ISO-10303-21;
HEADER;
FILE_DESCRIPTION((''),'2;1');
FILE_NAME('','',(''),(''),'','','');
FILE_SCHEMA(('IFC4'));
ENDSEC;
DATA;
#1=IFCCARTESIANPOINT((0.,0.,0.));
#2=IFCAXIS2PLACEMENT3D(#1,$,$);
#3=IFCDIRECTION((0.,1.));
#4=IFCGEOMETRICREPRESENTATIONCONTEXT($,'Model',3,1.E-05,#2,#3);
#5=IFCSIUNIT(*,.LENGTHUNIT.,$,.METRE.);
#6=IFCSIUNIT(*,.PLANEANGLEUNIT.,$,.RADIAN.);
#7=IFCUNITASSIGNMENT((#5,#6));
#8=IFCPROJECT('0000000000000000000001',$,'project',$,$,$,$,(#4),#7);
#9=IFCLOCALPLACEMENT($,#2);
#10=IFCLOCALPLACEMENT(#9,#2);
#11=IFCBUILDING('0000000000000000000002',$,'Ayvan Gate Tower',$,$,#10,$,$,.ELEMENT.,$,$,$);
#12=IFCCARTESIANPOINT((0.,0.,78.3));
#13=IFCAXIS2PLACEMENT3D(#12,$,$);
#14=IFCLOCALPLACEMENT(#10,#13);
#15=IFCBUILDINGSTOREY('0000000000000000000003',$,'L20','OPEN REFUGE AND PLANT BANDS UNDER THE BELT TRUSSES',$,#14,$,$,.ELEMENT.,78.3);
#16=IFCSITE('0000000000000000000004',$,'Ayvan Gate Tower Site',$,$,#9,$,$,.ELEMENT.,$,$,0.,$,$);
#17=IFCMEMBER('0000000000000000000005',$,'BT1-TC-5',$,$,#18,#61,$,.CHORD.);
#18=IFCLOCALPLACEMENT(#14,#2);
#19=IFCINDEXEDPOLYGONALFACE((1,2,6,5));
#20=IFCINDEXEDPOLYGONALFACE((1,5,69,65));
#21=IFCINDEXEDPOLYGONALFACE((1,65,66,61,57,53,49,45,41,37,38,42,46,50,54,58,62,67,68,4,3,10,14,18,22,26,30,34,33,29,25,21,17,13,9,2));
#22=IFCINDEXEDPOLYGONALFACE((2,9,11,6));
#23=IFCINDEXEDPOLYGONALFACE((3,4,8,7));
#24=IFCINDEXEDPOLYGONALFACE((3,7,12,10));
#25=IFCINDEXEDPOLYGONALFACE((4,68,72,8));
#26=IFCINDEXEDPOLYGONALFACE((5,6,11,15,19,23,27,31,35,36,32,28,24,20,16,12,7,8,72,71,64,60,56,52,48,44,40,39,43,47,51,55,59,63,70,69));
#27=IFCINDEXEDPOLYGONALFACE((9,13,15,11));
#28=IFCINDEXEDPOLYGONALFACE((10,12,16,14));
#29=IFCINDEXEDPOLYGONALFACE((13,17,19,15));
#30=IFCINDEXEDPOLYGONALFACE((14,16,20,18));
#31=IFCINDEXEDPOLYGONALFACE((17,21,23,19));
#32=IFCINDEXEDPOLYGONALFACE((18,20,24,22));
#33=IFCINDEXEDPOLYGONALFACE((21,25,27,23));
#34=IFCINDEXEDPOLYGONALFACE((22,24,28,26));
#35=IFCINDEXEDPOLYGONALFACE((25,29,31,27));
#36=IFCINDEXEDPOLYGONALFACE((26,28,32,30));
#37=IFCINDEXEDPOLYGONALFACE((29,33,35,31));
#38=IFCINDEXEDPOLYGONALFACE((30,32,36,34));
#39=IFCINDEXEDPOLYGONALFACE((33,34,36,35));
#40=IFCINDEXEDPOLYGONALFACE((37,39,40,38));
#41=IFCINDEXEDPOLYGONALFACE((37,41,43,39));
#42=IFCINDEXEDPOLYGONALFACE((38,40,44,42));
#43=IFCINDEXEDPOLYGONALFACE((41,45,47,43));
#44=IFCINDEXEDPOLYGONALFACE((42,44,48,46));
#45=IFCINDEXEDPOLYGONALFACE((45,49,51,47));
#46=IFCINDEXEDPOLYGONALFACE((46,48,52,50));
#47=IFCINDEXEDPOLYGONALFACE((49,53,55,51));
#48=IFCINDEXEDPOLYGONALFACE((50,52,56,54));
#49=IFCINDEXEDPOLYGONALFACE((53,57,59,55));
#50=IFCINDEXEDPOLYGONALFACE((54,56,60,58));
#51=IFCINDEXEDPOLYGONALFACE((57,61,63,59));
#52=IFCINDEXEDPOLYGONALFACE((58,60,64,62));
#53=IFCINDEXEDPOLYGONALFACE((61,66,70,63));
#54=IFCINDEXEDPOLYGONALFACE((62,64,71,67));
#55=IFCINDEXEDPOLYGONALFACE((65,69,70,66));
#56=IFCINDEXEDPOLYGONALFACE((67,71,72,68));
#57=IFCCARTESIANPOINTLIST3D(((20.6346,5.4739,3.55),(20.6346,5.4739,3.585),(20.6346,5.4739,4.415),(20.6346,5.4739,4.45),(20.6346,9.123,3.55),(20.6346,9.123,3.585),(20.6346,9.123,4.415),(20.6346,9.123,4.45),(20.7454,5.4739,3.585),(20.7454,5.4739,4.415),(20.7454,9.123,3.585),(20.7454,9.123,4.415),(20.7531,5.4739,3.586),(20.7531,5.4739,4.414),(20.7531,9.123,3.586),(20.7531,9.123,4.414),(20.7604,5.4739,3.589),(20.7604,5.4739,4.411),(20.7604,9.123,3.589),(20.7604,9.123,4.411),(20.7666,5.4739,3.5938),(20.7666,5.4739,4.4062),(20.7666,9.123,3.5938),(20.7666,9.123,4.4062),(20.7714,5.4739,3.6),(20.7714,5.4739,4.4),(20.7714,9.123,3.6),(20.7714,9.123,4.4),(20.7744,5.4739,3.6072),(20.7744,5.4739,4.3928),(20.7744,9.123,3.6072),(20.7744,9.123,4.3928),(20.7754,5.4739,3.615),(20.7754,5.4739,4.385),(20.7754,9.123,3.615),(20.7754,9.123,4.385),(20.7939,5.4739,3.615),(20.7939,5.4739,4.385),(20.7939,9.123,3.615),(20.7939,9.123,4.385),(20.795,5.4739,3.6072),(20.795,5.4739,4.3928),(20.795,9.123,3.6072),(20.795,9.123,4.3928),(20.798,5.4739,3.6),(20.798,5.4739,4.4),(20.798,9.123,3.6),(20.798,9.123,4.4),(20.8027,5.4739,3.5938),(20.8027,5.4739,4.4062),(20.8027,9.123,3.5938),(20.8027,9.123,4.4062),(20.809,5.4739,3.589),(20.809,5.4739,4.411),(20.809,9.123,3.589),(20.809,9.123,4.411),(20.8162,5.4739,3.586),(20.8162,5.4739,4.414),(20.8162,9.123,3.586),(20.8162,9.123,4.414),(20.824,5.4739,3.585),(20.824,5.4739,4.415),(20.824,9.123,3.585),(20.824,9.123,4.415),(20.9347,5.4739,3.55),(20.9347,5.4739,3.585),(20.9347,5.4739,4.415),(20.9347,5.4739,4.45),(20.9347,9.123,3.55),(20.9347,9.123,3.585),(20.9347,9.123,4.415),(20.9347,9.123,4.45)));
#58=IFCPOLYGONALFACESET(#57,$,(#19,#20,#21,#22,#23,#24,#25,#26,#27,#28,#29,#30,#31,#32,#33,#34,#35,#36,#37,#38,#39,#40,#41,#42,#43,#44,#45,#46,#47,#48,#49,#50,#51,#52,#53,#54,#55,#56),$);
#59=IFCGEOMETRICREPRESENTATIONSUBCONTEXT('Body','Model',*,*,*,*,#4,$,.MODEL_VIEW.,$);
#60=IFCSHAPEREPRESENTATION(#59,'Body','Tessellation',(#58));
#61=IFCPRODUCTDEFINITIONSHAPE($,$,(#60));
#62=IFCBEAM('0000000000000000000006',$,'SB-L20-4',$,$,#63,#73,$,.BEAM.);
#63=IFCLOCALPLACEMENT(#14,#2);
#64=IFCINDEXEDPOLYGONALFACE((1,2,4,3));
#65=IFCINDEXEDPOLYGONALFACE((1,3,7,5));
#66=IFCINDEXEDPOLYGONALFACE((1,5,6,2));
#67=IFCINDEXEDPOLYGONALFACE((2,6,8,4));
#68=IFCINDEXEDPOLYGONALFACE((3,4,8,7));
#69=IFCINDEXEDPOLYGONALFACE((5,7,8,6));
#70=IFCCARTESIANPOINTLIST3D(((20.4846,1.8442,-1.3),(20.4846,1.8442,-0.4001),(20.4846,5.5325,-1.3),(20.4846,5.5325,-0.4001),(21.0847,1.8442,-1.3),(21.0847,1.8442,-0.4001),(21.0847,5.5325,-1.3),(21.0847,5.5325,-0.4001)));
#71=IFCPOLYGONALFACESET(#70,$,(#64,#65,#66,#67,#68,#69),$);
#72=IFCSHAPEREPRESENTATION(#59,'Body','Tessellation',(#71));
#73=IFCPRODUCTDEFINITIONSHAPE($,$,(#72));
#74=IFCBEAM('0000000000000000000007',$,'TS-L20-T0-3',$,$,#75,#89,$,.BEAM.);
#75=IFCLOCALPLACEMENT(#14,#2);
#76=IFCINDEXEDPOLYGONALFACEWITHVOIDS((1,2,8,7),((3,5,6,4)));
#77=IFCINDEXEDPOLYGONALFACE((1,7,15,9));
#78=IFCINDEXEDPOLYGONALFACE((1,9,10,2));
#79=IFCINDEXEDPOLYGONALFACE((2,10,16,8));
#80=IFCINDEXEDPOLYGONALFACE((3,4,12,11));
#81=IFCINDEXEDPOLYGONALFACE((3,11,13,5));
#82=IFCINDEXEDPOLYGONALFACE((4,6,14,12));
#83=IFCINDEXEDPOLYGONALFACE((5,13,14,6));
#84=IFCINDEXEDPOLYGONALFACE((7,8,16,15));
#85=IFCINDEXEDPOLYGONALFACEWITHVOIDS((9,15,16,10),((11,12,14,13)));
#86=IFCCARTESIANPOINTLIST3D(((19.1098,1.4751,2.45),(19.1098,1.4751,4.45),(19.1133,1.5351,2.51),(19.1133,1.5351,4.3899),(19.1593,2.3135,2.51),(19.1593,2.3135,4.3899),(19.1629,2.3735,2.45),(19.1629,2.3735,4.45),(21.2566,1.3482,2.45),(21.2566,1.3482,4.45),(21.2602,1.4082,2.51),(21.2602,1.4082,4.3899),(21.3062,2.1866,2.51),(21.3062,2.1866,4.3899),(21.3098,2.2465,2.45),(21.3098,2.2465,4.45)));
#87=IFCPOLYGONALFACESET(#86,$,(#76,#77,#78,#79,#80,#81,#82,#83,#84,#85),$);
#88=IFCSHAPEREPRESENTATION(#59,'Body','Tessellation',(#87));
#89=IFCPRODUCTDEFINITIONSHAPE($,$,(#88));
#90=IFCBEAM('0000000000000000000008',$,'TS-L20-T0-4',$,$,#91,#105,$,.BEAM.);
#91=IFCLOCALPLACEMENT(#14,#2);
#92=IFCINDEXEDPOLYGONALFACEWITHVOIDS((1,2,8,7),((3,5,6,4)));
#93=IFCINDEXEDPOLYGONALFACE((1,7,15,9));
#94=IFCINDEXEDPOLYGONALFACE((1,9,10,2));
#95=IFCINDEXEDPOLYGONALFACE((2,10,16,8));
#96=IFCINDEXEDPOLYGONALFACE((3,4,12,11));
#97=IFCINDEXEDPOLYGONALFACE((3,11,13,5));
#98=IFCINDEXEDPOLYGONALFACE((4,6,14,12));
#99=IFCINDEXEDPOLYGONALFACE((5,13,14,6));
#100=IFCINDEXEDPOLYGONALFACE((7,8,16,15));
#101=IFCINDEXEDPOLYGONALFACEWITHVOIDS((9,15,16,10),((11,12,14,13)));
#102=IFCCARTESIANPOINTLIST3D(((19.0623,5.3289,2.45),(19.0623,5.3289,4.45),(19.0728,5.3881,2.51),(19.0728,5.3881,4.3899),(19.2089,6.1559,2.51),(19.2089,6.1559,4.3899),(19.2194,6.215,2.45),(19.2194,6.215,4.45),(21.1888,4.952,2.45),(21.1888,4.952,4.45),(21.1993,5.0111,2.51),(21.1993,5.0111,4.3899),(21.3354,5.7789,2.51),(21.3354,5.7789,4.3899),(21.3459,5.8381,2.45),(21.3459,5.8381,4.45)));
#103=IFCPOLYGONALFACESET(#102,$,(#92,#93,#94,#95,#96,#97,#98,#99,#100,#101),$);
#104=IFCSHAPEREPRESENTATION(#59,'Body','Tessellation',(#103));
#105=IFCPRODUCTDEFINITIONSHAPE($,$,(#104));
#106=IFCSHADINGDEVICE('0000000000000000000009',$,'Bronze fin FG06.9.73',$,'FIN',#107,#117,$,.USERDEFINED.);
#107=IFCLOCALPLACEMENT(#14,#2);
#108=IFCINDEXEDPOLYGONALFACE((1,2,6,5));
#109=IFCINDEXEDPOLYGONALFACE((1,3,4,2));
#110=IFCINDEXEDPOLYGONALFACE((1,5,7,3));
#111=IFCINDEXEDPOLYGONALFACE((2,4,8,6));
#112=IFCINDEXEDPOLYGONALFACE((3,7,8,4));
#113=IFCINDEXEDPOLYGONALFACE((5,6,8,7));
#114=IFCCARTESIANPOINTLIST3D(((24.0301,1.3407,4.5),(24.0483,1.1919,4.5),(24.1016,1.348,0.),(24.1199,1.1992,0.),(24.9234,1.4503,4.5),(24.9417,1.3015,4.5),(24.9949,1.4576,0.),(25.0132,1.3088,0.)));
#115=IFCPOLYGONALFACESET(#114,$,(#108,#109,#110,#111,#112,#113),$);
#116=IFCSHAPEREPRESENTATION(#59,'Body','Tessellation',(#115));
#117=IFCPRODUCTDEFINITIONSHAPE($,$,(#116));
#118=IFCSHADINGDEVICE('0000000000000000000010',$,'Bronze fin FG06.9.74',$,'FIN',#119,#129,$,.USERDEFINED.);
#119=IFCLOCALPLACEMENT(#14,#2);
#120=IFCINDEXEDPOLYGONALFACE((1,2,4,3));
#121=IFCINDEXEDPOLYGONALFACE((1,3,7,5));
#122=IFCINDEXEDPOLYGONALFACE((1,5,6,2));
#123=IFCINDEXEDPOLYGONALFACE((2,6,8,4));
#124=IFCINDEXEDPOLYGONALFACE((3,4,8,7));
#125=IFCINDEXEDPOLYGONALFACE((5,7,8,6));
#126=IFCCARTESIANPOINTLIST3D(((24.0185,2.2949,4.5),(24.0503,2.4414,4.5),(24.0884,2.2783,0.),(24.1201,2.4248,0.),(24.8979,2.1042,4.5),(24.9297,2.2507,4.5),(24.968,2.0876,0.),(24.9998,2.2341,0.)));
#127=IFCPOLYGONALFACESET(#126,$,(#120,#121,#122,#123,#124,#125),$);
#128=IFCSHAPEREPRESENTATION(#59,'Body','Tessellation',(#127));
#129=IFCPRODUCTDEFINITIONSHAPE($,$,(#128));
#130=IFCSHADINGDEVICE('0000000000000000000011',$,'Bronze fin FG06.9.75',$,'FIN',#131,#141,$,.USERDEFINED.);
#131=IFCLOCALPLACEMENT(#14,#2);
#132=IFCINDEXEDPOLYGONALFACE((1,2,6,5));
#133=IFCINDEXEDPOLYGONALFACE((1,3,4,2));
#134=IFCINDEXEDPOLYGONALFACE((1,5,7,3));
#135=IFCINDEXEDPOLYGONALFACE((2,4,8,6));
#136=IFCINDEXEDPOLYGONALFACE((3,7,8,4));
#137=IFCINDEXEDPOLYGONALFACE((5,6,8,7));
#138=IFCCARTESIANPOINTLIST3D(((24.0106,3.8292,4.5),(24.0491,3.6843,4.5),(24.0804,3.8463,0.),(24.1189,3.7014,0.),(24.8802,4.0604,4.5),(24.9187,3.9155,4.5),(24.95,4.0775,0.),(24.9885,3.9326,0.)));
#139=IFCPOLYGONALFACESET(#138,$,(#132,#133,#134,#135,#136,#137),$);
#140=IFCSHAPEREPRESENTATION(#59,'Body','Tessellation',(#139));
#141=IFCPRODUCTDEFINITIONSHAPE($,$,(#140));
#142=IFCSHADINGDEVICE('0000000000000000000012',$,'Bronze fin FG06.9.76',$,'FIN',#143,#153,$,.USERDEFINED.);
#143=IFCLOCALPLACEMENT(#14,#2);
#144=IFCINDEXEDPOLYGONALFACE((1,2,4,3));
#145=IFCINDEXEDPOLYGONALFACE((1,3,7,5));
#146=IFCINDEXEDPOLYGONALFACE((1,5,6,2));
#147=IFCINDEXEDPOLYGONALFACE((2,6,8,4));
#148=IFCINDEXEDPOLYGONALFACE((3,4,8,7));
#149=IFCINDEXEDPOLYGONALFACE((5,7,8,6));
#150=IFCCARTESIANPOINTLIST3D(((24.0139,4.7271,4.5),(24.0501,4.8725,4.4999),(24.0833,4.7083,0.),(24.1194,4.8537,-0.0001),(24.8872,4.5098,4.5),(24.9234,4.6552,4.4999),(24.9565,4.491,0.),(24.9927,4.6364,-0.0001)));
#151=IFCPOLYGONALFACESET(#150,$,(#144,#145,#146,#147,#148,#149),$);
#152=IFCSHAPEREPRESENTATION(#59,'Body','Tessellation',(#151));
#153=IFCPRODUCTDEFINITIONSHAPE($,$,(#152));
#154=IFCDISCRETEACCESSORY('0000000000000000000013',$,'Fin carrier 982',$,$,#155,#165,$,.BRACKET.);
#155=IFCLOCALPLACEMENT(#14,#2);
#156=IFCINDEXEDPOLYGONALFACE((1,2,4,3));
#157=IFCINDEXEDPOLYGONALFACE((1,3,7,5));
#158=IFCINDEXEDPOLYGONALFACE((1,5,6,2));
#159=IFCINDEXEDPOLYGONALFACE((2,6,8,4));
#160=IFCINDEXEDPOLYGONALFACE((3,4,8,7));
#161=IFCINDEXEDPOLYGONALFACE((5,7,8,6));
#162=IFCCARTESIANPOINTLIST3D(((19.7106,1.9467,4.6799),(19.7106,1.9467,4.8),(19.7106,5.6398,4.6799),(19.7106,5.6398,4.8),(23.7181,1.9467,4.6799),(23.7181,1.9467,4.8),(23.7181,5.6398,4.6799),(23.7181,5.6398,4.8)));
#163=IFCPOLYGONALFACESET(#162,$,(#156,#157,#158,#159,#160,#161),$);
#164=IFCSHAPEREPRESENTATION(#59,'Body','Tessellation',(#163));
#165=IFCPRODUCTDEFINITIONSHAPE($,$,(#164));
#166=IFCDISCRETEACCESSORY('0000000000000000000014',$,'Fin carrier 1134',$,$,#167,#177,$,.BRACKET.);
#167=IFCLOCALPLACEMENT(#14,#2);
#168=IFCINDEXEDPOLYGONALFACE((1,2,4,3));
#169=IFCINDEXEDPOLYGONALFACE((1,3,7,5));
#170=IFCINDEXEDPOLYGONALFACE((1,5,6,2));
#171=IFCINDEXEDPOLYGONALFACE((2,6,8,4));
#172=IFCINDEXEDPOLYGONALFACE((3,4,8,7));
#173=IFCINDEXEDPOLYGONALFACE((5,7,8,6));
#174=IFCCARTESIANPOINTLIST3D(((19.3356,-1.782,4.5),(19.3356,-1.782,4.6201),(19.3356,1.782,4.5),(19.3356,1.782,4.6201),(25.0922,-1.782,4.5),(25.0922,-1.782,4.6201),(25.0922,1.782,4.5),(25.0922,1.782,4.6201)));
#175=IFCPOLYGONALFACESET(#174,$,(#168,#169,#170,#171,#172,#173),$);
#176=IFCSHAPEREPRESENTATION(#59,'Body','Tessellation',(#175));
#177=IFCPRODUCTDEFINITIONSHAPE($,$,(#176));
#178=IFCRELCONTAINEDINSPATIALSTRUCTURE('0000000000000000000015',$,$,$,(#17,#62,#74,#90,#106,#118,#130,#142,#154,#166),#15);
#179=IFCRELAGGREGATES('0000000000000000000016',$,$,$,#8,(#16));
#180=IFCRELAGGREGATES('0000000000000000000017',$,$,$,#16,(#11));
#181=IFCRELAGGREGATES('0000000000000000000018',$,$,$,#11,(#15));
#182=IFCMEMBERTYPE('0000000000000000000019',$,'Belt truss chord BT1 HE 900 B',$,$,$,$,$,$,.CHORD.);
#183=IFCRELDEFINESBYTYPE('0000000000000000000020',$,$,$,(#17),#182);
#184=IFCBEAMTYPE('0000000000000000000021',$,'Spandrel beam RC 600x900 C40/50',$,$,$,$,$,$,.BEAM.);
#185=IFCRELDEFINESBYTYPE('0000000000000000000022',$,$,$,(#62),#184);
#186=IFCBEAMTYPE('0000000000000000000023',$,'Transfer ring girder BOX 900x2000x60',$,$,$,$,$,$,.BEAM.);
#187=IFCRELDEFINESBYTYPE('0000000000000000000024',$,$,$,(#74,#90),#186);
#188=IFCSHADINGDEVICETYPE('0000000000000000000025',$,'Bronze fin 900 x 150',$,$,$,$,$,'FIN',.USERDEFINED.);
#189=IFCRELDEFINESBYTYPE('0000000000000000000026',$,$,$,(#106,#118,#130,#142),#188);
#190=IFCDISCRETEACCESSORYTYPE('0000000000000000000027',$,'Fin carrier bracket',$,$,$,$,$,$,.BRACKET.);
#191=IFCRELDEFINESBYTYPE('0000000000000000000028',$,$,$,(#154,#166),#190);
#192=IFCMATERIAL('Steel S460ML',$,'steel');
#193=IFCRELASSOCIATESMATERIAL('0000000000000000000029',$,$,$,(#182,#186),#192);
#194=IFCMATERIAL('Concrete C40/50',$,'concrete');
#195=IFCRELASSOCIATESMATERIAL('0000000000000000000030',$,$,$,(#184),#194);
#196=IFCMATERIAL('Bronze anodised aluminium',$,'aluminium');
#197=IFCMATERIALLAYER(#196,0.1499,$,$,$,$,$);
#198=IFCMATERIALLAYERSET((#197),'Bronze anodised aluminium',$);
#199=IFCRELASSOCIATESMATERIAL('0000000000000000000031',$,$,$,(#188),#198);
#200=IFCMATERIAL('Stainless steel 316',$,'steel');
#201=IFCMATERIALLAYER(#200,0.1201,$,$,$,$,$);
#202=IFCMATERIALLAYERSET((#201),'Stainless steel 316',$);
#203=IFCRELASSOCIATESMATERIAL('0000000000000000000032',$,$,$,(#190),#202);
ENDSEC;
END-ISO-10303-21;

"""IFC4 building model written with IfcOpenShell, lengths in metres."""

from ifc_helpers import new_model, si_unit, direction, frame, origin, origin_2d, place, context, subcontext, project, spatial, polyline, rectangle, hollow_rectangle, i_section, outline, extrude, material, layer, layer_set, material_profile, profile_set, type_object, element, save


model = new_model("IFC4")

# Units and contexts
model_context = context("Model", 3, precision=1e-05, world=origin(), true_north=direction((0.0, 1.0)))
body_context = subcontext(model_context, "Body", "Model", "MODEL_VIEW")
ifc_project = project(units=[si_unit("LENGTHUNIT", "METRE"), si_unit("PLANEANGLEUNIT", "RADIAN")], contexts=[model_context])

# Site, building, storey
site_placement = place(None, origin())
site = spatial("IfcSite", under=ifc_project, at=site_placement, Name="Ayvan Gate Tower Site", CompositionType="ELEMENT", RefElevation=0.0)
building_placement = place(site_placement, origin())
building = spatial("IfcBuilding", under=site, at=building_placement, Name="Ayvan Gate Tower", CompositionType="ELEMENT")
storey_placement = place(building_placement, frame((0.0, 0.0, 78.3)))
storey = spatial("IfcBuildingStorey", under=building, at=storey_placement, Name="L20", Description="OPEN REFUGE AND PLANT BANDS UNDER THE BELT TRUSSES", CompositionType="ELEMENT", Elevation=78.3)

# Member
ifc_material_1 = material(Name="Steel S460ML", Category="steel")
ifc_material_profile_1 = material_profile(ifc_material_1, i_section(OverallWidth=0.3, OverallDepth=0.8999, WebThickness=0.0186, FlangeThickness=0.0349, FilletRadius=0.03, at=origin_2d()), Name="HE 900 B")
ifc_profile_set_1 = profile_set([ifc_material_profile_1], Name="Steel S460ML")
member_type_1 = type_object("IfcMemberType", Name="Belt truss chord BT1 HE 900 B", PredefinedType="CHORD", material=ifc_profile_set_1)
for number, where, z_axis, x_axis, name in (
    (1, (20.7847, 5.4739, 4.0), (0.0, 1.0, 0.0), (-1.0, 0.0, 0.0), "BT1-TC-5"),
):
    element("IfcMember", number, at=place(storey_placement, frame(where, z_axis=z_axis, x_axis=x_axis)), inside=storey, type_object=member_type_1, Name=name, PredefinedType="CHORD", context=body_context, shape_type="SweptSolid", body=[
        extrude(i_section(OverallWidth=0.3, OverallDepth=0.8999, WebThickness=0.0186, FlangeThickness=0.0349, FilletRadius=0.03, at=origin_2d()), origin(), (0.0, 0.0, 1.0), 3.6492),
    ])

# Beams
ifc_material_2 = material(Name="Concrete C40/50", Category="concrete")
ifc_material_profile_2 = material_profile(ifc_material_2, rectangle(XDim=0.6001, YDim=0.8999, at=origin_2d()), Name="RC 600x900")
ifc_profile_set_2 = profile_set([ifc_material_profile_2], Name="Concrete C40/50")
beam_type_1 = type_object("IfcBeamType", Name="Spandrel beam RC 600x900 C40/50", PredefinedType="BEAM", material=ifc_profile_set_2)
beam_1_placement = place(storey_placement, frame((20.7847, 1.8442, -0.8501), z_axis=(0.0, 1.0, 0.0), x_axis=(-1.0, 0.0, 0.0)))
element("IfcBeam", 2, at=beam_1_placement, inside=storey, type_object=beam_type_1, Name="SB-L20-4", PredefinedType="BEAM", context=body_context, shape_type="SweptSolid", body=[
    extrude(rectangle(XDim=0.6001, YDim=0.8999, at=origin_2d()), origin(), (0.0, 0.0, 1.0), 3.6882),
])
ifc_material_profile_3 = material_profile(ifc_material_1, hollow_rectangle(XDim=0.8999, YDim=2.0, WallThickness=0.0601, at=origin_2d()), Name="BOX 900x2000x60")
ifc_profile_set_3 = profile_set([ifc_material_profile_3], Name="Steel S460ML")
beam_type_2 = type_object("IfcBeamType", Name="Transfer ring girder BOX 900x2000x60", PredefinedType="BEAM", material=ifc_profile_set_3)
beam_2_placement = place(storey_placement, frame((21.2832, 1.7974, 3.45), z_axis=(-0.998256, 0.059028, 0.0), x_axis=(-0.059028, -0.998256, 0.0)))
element("IfcBeam", 3, at=beam_2_placement, inside=storey, type_object=beam_type_2, Name="TS-L20-T0-3", PredefinedType="BEAM", context=body_context, shape_type="SweptSolid", body=[
    extrude(hollow_rectangle(XDim=0.8999, YDim=2.0, WallThickness=0.0601, at=origin_2d()), origin(), (0.0, 0.0, 1.0), 2.1506),
])
beam_3_placement = place(storey_placement, frame((21.2673, 5.395, 3.45), z_axis=(-0.984649, 0.174546, 0.0), x_axis=(-0.174546, -0.984649, 0.0)))
element("IfcBeam", 4, at=beam_3_placement, inside=storey, type_object=beam_type_2, Name="TS-L20-T0-4", PredefinedType="BEAM", context=body_context, shape_type="SweptSolid", body=[
    extrude(hollow_rectangle(XDim=0.8999, YDim=2.0, WallThickness=0.0601, at=origin_2d()), origin(), (0.0, 0.0, 1.0), 2.1597),
])

# Shading devices
ifc_material_3 = material(Name="Bronze anodised aluminium", Category="aluminium")
ifc_layer_1 = layer(ifc_material_3, 0.1499)
ifc_layer_set_1 = layer_set([ifc_layer_1], Name="Bronze anodised aluminium")
shading_device_type = type_object("IfcShadingDeviceType", Name="Bronze fin 900 x 150", ElementType="FIN", PredefinedType="USERDEFINED", material=ifc_layer_set_1)
shading_device_1_placement = place(storey_placement, frame((24.1199, 1.1992, 0.0), z_axis=(0.121798, -0.992555, 0.000321), x_axis=(0.992555, 0.121798, 0.0)))
element("IfcShadingDevice", 5, at=shading_device_1_placement, inside=storey, type_object=shading_device_type, Name="Bronze fin FG06.9.73", ObjectType="FIN", PredefinedType="USERDEFINED", context=body_context, shape_type="SweptSolid", body=[
    extrude(outline(polyline([(0.0, 0.0), (0.9, 0.0), (0.8281, 4.5), (-0.0719, 4.5), (0.0, 0.0)])), origin(), (0.0, 0.0, -1.0), 0.1499),
])
shading_device_2_placement = place(storey_placement, frame((24.0884, 2.2783, 0.0), z_axis=(-0.211872, -0.977297, 0.000312), x_axis=(0.977297, -0.211872, 0.0)))
element("IfcShadingDevice", 6, at=shading_device_2_placement, inside=storey, type_object=shading_device_type, Name="Bronze fin FG06.9.74", ObjectType="FIN", PredefinedType="USERDEFINED", context=body_context, shape_type="SweptSolid", body=[
    extrude(outline(polyline([(0.0, 0.0), (0.9001, 0.0), (0.8281, 4.5), (-0.0718, 4.5), (0.0, 0.0)])), origin(), (0.0, 0.0, -1.0), 0.1499),
])
shading_device_3_placement = place(storey_placement, frame((24.1189, 3.7014, 0.0), z_axis=(0.256936, -0.966428, 0.000317), x_axis=(0.966428, 0.256936, 0.0)))
element("IfcShadingDevice", 7, at=shading_device_3_placement, inside=storey, type_object=shading_device_type, Name="Bronze fin FG06.9.75", ObjectType="FIN", PredefinedType="USERDEFINED", context=body_context, shape_type="SweptSolid", body=[
    extrude(outline(polyline([(0.0, 0.0), (0.8998, 0.0), (0.828, 4.5), (-0.0719, 4.5), (0.0, 0.0)])), origin(), (0.0, 0.0, -1.0), 0.1499),
])
shading_device_4_placement = place(storey_placement, frame((24.0833, 4.7083, 0.0), z_axis=(-0.24145, -0.970413, 0.000334), x_axis=(0.970413, -0.24145, 0.0)))
element("IfcShadingDevice", 8, at=shading_device_4_placement, inside=storey, type_object=shading_device_type, Name="Bronze fin FG06.9.76", ObjectType="FIN", PredefinedType="USERDEFINED", context=body_context, shape_type="SweptSolid", body=[
    extrude(outline(polyline([(0.0, 0.0), (0.8999, 0.0), (0.8281, 4.5), (-0.0718, 4.5), (0.0, 0.0)])), origin(), (0.0, 0.0, -1.0), 0.1499),
])

# Discrete accessories
ifc_material_4 = material(Name="Stainless steel 316", Category="steel")
ifc_layer_2 = layer(ifc_material_4, 0.1201)
ifc_layer_set_2 = layer_set([ifc_layer_2], Name="Stainless steel 316")
discrete_accessory_type_1 = type_object("IfcDiscreteAccessoryType", Name="Fin carrier bracket", PredefinedType="BRACKET", material=ifc_layer_set_2)
discrete_accessory_1_placement = place(storey_placement, frame((21.7144, 3.7932, 4.6799), z_axis=(0.0, 0.0, 1.0), x_axis=(0.0, 1.0, 0.0)))
element("IfcDiscreteAccessory", 9, at=discrete_accessory_1_placement, inside=storey, type_object=discrete_accessory_type_1, Name="Fin carrier 982", PredefinedType="BRACKET", context=body_context, shape_type="SweptSolid", body=[
    extrude(rectangle(XDim=3.6931, YDim=4.0076, at=origin_2d()), origin(), (0.0, 0.0, 1.0), 0.1201),
])
discrete_accessory_2_placement = place(storey_placement, frame((22.2139, 0.0, 4.5), z_axis=(0.0, 0.0, 1.0), x_axis=(0.0, 1.0, 0.0)))
element("IfcDiscreteAccessory", 10, at=discrete_accessory_2_placement, inside=storey, type_object=discrete_accessory_type_1, Name="Fin carrier 1134", PredefinedType="BRACKET", context=body_context, shape_type="SweptSolid", body=[
    extrude(rectangle(XDim=3.564, YDim=5.7566, at=origin_2d()), origin(), (0.0, 0.0, 1.0), 0.1201),
])

save(model, "model.ifc")
